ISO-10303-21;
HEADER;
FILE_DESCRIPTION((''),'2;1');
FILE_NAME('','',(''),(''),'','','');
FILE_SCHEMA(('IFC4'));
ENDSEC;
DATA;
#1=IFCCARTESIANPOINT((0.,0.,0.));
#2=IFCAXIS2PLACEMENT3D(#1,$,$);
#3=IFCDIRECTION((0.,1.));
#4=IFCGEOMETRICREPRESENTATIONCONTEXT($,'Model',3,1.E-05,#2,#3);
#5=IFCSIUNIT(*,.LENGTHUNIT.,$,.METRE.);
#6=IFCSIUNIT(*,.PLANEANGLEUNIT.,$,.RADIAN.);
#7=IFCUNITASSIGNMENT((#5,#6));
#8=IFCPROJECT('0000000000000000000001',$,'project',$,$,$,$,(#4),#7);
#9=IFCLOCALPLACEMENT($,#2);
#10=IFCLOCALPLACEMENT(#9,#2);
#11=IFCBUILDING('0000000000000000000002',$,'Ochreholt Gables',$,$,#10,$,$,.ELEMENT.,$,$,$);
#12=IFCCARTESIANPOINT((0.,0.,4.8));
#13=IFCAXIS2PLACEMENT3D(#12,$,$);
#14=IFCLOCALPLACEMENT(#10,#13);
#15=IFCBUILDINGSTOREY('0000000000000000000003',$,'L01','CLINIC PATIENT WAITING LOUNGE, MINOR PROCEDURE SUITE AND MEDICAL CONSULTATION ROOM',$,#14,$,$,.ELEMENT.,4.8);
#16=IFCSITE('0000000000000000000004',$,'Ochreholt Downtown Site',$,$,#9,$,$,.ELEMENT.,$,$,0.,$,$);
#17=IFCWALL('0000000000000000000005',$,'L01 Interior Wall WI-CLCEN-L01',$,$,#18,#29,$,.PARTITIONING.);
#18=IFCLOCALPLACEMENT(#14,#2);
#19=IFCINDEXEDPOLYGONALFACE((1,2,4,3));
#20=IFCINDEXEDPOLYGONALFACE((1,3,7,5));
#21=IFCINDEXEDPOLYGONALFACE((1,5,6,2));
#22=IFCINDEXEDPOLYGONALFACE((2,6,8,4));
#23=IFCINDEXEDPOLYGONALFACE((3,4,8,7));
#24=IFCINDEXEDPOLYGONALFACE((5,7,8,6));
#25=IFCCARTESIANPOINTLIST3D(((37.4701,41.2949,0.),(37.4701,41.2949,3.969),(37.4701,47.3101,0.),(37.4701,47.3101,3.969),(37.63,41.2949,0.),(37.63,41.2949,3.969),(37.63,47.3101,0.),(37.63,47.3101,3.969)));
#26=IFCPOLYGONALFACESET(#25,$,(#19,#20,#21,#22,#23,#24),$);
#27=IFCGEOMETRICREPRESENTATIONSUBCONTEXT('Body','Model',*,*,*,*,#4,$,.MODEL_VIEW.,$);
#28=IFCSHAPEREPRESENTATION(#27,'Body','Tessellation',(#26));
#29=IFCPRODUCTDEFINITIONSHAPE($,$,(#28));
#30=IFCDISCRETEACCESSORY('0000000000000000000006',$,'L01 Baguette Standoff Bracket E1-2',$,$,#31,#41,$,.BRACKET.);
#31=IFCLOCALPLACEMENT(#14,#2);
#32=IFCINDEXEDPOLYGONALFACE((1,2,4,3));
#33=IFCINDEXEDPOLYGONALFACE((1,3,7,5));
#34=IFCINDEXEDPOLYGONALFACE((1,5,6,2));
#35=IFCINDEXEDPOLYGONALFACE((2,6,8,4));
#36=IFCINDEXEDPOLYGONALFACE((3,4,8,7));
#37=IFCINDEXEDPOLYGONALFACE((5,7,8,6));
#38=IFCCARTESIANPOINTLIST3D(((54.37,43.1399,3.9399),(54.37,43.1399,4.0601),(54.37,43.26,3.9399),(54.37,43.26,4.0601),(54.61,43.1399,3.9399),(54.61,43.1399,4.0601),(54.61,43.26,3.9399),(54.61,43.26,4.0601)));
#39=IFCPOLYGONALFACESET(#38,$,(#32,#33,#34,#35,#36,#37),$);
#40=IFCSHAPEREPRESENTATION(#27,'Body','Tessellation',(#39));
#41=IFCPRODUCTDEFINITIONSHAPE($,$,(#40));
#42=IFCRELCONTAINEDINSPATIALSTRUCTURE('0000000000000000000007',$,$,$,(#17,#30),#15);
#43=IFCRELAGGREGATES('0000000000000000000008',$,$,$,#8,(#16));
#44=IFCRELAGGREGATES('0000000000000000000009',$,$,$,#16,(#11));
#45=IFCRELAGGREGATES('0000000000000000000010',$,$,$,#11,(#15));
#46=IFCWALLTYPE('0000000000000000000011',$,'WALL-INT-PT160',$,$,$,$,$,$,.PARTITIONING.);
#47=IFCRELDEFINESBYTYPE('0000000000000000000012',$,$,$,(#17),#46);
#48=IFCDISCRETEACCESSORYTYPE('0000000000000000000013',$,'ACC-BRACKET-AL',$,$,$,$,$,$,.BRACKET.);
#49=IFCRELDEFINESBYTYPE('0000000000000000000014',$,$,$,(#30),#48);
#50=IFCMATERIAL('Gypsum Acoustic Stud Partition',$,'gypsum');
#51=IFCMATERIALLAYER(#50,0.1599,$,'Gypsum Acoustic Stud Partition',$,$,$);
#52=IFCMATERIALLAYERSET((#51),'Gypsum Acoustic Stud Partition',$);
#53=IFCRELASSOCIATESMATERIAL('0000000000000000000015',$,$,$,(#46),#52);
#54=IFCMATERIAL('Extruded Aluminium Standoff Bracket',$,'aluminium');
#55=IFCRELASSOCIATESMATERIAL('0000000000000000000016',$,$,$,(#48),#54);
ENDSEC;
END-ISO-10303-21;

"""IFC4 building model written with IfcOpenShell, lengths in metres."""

from ifc_helpers import new_model, si_unit, direction, frame, frame_2d, origin, origin_2d, place, context, subcontext, project, spatial, rectangle, extrude, material, layer, layer_set, type_object, element, save


model = new_model("IFC4")

# Units and contexts
model_context = context("Model", 3, precision=1e-05, world=origin(), true_north=direction((0.0, 1.0)))
body_context = subcontext(model_context, "Body", "Model", "MODEL_VIEW")
ifc_project = project(units=[si_unit("LENGTHUNIT", "METRE"), si_unit("PLANEANGLEUNIT", "RADIAN")], contexts=[model_context])

# Site, building, storey
site_placement = place(None, origin())
site = spatial("IfcSite", under=ifc_project, at=site_placement, Name="Ochreholt Downtown Site", CompositionType="ELEMENT", RefElevation=0.0)
building_placement = place(site_placement, origin())
building = spatial("IfcBuilding", under=site, at=building_placement, Name="Ochreholt Gables", CompositionType="ELEMENT")
storey_placement = place(building_placement, frame((0.0, 0.0, 4.8)))
storey = spatial("IfcBuildingStorey", under=building, at=storey_placement, Name="L01", Description="CLINIC PATIENT WAITING LOUNGE, MINOR PROCEDURE SUITE AND MEDICAL CONSULTATION ROOM", CompositionType="ELEMENT", Elevation=4.8)

# Wall
ifc_material_1 = material(Name="Gypsum Acoustic Stud Partition", Category="gypsum")
ifc_layer_1 = layer(ifc_material_1, 0.1599, Name="Gypsum Acoustic Stud Partition")
ifc_layer_set_1 = layer_set([ifc_layer_1], Name="Gypsum Acoustic Stud Partition")
wall_type_1 = type_object("IfcWallType", Name="WALL-INT-PT160", PredefinedType="PARTITIONING", material=ifc_layer_set_1)
wall_1_placement = place(storey_placement, frame((37.55, 41.2949, 0.0), z_axis=(0.0, 0.0, 1.0), x_axis=(0.0, 1.0, 0.0)))
element("IfcWall", 1, at=wall_1_placement, inside=storey, type_object=wall_type_1, Name="L01 Interior Wall WI-CLCEN-L01", PredefinedType="PARTITIONING", context=body_context, shape_type="SweptSolid", body=[
    extrude(rectangle(XDim=6.0151, YDim=0.1599, at=frame_2d((3.0076, 0.0))), origin(), (0.0, 0.0, 1.0), 3.969),
])

# Discrete accessory
ifc_material_2 = material(Name="Extruded Aluminium Standoff Bracket", Category="aluminium")
discrete_accessory_type = type_object("IfcDiscreteAccessoryType", Name="ACC-BRACKET-AL", PredefinedType="BRACKET", material=ifc_material_2)
discrete_accessory_placement = place(storey_placement, frame((54.49, 43.2, 3.9399), z_axis=(0.0, 0.0, 1.0), x_axis=(0.0, 1.0, 0.0)))
element("IfcDiscreteAccessory", 2, at=discrete_accessory_placement, inside=storey, type_object=discrete_accessory_type, Name="L01 Baguette Standoff Bracket E1-2", PredefinedType="BRACKET", context=body_context, shape_type="SweptSolid", body=[
    extrude(rectangle(XDim=0.1201, YDim=0.24, at=origin_2d()), origin(), (0.0, 0.0, 1.0), 0.1201),
])

save(model, "model.ifc")
